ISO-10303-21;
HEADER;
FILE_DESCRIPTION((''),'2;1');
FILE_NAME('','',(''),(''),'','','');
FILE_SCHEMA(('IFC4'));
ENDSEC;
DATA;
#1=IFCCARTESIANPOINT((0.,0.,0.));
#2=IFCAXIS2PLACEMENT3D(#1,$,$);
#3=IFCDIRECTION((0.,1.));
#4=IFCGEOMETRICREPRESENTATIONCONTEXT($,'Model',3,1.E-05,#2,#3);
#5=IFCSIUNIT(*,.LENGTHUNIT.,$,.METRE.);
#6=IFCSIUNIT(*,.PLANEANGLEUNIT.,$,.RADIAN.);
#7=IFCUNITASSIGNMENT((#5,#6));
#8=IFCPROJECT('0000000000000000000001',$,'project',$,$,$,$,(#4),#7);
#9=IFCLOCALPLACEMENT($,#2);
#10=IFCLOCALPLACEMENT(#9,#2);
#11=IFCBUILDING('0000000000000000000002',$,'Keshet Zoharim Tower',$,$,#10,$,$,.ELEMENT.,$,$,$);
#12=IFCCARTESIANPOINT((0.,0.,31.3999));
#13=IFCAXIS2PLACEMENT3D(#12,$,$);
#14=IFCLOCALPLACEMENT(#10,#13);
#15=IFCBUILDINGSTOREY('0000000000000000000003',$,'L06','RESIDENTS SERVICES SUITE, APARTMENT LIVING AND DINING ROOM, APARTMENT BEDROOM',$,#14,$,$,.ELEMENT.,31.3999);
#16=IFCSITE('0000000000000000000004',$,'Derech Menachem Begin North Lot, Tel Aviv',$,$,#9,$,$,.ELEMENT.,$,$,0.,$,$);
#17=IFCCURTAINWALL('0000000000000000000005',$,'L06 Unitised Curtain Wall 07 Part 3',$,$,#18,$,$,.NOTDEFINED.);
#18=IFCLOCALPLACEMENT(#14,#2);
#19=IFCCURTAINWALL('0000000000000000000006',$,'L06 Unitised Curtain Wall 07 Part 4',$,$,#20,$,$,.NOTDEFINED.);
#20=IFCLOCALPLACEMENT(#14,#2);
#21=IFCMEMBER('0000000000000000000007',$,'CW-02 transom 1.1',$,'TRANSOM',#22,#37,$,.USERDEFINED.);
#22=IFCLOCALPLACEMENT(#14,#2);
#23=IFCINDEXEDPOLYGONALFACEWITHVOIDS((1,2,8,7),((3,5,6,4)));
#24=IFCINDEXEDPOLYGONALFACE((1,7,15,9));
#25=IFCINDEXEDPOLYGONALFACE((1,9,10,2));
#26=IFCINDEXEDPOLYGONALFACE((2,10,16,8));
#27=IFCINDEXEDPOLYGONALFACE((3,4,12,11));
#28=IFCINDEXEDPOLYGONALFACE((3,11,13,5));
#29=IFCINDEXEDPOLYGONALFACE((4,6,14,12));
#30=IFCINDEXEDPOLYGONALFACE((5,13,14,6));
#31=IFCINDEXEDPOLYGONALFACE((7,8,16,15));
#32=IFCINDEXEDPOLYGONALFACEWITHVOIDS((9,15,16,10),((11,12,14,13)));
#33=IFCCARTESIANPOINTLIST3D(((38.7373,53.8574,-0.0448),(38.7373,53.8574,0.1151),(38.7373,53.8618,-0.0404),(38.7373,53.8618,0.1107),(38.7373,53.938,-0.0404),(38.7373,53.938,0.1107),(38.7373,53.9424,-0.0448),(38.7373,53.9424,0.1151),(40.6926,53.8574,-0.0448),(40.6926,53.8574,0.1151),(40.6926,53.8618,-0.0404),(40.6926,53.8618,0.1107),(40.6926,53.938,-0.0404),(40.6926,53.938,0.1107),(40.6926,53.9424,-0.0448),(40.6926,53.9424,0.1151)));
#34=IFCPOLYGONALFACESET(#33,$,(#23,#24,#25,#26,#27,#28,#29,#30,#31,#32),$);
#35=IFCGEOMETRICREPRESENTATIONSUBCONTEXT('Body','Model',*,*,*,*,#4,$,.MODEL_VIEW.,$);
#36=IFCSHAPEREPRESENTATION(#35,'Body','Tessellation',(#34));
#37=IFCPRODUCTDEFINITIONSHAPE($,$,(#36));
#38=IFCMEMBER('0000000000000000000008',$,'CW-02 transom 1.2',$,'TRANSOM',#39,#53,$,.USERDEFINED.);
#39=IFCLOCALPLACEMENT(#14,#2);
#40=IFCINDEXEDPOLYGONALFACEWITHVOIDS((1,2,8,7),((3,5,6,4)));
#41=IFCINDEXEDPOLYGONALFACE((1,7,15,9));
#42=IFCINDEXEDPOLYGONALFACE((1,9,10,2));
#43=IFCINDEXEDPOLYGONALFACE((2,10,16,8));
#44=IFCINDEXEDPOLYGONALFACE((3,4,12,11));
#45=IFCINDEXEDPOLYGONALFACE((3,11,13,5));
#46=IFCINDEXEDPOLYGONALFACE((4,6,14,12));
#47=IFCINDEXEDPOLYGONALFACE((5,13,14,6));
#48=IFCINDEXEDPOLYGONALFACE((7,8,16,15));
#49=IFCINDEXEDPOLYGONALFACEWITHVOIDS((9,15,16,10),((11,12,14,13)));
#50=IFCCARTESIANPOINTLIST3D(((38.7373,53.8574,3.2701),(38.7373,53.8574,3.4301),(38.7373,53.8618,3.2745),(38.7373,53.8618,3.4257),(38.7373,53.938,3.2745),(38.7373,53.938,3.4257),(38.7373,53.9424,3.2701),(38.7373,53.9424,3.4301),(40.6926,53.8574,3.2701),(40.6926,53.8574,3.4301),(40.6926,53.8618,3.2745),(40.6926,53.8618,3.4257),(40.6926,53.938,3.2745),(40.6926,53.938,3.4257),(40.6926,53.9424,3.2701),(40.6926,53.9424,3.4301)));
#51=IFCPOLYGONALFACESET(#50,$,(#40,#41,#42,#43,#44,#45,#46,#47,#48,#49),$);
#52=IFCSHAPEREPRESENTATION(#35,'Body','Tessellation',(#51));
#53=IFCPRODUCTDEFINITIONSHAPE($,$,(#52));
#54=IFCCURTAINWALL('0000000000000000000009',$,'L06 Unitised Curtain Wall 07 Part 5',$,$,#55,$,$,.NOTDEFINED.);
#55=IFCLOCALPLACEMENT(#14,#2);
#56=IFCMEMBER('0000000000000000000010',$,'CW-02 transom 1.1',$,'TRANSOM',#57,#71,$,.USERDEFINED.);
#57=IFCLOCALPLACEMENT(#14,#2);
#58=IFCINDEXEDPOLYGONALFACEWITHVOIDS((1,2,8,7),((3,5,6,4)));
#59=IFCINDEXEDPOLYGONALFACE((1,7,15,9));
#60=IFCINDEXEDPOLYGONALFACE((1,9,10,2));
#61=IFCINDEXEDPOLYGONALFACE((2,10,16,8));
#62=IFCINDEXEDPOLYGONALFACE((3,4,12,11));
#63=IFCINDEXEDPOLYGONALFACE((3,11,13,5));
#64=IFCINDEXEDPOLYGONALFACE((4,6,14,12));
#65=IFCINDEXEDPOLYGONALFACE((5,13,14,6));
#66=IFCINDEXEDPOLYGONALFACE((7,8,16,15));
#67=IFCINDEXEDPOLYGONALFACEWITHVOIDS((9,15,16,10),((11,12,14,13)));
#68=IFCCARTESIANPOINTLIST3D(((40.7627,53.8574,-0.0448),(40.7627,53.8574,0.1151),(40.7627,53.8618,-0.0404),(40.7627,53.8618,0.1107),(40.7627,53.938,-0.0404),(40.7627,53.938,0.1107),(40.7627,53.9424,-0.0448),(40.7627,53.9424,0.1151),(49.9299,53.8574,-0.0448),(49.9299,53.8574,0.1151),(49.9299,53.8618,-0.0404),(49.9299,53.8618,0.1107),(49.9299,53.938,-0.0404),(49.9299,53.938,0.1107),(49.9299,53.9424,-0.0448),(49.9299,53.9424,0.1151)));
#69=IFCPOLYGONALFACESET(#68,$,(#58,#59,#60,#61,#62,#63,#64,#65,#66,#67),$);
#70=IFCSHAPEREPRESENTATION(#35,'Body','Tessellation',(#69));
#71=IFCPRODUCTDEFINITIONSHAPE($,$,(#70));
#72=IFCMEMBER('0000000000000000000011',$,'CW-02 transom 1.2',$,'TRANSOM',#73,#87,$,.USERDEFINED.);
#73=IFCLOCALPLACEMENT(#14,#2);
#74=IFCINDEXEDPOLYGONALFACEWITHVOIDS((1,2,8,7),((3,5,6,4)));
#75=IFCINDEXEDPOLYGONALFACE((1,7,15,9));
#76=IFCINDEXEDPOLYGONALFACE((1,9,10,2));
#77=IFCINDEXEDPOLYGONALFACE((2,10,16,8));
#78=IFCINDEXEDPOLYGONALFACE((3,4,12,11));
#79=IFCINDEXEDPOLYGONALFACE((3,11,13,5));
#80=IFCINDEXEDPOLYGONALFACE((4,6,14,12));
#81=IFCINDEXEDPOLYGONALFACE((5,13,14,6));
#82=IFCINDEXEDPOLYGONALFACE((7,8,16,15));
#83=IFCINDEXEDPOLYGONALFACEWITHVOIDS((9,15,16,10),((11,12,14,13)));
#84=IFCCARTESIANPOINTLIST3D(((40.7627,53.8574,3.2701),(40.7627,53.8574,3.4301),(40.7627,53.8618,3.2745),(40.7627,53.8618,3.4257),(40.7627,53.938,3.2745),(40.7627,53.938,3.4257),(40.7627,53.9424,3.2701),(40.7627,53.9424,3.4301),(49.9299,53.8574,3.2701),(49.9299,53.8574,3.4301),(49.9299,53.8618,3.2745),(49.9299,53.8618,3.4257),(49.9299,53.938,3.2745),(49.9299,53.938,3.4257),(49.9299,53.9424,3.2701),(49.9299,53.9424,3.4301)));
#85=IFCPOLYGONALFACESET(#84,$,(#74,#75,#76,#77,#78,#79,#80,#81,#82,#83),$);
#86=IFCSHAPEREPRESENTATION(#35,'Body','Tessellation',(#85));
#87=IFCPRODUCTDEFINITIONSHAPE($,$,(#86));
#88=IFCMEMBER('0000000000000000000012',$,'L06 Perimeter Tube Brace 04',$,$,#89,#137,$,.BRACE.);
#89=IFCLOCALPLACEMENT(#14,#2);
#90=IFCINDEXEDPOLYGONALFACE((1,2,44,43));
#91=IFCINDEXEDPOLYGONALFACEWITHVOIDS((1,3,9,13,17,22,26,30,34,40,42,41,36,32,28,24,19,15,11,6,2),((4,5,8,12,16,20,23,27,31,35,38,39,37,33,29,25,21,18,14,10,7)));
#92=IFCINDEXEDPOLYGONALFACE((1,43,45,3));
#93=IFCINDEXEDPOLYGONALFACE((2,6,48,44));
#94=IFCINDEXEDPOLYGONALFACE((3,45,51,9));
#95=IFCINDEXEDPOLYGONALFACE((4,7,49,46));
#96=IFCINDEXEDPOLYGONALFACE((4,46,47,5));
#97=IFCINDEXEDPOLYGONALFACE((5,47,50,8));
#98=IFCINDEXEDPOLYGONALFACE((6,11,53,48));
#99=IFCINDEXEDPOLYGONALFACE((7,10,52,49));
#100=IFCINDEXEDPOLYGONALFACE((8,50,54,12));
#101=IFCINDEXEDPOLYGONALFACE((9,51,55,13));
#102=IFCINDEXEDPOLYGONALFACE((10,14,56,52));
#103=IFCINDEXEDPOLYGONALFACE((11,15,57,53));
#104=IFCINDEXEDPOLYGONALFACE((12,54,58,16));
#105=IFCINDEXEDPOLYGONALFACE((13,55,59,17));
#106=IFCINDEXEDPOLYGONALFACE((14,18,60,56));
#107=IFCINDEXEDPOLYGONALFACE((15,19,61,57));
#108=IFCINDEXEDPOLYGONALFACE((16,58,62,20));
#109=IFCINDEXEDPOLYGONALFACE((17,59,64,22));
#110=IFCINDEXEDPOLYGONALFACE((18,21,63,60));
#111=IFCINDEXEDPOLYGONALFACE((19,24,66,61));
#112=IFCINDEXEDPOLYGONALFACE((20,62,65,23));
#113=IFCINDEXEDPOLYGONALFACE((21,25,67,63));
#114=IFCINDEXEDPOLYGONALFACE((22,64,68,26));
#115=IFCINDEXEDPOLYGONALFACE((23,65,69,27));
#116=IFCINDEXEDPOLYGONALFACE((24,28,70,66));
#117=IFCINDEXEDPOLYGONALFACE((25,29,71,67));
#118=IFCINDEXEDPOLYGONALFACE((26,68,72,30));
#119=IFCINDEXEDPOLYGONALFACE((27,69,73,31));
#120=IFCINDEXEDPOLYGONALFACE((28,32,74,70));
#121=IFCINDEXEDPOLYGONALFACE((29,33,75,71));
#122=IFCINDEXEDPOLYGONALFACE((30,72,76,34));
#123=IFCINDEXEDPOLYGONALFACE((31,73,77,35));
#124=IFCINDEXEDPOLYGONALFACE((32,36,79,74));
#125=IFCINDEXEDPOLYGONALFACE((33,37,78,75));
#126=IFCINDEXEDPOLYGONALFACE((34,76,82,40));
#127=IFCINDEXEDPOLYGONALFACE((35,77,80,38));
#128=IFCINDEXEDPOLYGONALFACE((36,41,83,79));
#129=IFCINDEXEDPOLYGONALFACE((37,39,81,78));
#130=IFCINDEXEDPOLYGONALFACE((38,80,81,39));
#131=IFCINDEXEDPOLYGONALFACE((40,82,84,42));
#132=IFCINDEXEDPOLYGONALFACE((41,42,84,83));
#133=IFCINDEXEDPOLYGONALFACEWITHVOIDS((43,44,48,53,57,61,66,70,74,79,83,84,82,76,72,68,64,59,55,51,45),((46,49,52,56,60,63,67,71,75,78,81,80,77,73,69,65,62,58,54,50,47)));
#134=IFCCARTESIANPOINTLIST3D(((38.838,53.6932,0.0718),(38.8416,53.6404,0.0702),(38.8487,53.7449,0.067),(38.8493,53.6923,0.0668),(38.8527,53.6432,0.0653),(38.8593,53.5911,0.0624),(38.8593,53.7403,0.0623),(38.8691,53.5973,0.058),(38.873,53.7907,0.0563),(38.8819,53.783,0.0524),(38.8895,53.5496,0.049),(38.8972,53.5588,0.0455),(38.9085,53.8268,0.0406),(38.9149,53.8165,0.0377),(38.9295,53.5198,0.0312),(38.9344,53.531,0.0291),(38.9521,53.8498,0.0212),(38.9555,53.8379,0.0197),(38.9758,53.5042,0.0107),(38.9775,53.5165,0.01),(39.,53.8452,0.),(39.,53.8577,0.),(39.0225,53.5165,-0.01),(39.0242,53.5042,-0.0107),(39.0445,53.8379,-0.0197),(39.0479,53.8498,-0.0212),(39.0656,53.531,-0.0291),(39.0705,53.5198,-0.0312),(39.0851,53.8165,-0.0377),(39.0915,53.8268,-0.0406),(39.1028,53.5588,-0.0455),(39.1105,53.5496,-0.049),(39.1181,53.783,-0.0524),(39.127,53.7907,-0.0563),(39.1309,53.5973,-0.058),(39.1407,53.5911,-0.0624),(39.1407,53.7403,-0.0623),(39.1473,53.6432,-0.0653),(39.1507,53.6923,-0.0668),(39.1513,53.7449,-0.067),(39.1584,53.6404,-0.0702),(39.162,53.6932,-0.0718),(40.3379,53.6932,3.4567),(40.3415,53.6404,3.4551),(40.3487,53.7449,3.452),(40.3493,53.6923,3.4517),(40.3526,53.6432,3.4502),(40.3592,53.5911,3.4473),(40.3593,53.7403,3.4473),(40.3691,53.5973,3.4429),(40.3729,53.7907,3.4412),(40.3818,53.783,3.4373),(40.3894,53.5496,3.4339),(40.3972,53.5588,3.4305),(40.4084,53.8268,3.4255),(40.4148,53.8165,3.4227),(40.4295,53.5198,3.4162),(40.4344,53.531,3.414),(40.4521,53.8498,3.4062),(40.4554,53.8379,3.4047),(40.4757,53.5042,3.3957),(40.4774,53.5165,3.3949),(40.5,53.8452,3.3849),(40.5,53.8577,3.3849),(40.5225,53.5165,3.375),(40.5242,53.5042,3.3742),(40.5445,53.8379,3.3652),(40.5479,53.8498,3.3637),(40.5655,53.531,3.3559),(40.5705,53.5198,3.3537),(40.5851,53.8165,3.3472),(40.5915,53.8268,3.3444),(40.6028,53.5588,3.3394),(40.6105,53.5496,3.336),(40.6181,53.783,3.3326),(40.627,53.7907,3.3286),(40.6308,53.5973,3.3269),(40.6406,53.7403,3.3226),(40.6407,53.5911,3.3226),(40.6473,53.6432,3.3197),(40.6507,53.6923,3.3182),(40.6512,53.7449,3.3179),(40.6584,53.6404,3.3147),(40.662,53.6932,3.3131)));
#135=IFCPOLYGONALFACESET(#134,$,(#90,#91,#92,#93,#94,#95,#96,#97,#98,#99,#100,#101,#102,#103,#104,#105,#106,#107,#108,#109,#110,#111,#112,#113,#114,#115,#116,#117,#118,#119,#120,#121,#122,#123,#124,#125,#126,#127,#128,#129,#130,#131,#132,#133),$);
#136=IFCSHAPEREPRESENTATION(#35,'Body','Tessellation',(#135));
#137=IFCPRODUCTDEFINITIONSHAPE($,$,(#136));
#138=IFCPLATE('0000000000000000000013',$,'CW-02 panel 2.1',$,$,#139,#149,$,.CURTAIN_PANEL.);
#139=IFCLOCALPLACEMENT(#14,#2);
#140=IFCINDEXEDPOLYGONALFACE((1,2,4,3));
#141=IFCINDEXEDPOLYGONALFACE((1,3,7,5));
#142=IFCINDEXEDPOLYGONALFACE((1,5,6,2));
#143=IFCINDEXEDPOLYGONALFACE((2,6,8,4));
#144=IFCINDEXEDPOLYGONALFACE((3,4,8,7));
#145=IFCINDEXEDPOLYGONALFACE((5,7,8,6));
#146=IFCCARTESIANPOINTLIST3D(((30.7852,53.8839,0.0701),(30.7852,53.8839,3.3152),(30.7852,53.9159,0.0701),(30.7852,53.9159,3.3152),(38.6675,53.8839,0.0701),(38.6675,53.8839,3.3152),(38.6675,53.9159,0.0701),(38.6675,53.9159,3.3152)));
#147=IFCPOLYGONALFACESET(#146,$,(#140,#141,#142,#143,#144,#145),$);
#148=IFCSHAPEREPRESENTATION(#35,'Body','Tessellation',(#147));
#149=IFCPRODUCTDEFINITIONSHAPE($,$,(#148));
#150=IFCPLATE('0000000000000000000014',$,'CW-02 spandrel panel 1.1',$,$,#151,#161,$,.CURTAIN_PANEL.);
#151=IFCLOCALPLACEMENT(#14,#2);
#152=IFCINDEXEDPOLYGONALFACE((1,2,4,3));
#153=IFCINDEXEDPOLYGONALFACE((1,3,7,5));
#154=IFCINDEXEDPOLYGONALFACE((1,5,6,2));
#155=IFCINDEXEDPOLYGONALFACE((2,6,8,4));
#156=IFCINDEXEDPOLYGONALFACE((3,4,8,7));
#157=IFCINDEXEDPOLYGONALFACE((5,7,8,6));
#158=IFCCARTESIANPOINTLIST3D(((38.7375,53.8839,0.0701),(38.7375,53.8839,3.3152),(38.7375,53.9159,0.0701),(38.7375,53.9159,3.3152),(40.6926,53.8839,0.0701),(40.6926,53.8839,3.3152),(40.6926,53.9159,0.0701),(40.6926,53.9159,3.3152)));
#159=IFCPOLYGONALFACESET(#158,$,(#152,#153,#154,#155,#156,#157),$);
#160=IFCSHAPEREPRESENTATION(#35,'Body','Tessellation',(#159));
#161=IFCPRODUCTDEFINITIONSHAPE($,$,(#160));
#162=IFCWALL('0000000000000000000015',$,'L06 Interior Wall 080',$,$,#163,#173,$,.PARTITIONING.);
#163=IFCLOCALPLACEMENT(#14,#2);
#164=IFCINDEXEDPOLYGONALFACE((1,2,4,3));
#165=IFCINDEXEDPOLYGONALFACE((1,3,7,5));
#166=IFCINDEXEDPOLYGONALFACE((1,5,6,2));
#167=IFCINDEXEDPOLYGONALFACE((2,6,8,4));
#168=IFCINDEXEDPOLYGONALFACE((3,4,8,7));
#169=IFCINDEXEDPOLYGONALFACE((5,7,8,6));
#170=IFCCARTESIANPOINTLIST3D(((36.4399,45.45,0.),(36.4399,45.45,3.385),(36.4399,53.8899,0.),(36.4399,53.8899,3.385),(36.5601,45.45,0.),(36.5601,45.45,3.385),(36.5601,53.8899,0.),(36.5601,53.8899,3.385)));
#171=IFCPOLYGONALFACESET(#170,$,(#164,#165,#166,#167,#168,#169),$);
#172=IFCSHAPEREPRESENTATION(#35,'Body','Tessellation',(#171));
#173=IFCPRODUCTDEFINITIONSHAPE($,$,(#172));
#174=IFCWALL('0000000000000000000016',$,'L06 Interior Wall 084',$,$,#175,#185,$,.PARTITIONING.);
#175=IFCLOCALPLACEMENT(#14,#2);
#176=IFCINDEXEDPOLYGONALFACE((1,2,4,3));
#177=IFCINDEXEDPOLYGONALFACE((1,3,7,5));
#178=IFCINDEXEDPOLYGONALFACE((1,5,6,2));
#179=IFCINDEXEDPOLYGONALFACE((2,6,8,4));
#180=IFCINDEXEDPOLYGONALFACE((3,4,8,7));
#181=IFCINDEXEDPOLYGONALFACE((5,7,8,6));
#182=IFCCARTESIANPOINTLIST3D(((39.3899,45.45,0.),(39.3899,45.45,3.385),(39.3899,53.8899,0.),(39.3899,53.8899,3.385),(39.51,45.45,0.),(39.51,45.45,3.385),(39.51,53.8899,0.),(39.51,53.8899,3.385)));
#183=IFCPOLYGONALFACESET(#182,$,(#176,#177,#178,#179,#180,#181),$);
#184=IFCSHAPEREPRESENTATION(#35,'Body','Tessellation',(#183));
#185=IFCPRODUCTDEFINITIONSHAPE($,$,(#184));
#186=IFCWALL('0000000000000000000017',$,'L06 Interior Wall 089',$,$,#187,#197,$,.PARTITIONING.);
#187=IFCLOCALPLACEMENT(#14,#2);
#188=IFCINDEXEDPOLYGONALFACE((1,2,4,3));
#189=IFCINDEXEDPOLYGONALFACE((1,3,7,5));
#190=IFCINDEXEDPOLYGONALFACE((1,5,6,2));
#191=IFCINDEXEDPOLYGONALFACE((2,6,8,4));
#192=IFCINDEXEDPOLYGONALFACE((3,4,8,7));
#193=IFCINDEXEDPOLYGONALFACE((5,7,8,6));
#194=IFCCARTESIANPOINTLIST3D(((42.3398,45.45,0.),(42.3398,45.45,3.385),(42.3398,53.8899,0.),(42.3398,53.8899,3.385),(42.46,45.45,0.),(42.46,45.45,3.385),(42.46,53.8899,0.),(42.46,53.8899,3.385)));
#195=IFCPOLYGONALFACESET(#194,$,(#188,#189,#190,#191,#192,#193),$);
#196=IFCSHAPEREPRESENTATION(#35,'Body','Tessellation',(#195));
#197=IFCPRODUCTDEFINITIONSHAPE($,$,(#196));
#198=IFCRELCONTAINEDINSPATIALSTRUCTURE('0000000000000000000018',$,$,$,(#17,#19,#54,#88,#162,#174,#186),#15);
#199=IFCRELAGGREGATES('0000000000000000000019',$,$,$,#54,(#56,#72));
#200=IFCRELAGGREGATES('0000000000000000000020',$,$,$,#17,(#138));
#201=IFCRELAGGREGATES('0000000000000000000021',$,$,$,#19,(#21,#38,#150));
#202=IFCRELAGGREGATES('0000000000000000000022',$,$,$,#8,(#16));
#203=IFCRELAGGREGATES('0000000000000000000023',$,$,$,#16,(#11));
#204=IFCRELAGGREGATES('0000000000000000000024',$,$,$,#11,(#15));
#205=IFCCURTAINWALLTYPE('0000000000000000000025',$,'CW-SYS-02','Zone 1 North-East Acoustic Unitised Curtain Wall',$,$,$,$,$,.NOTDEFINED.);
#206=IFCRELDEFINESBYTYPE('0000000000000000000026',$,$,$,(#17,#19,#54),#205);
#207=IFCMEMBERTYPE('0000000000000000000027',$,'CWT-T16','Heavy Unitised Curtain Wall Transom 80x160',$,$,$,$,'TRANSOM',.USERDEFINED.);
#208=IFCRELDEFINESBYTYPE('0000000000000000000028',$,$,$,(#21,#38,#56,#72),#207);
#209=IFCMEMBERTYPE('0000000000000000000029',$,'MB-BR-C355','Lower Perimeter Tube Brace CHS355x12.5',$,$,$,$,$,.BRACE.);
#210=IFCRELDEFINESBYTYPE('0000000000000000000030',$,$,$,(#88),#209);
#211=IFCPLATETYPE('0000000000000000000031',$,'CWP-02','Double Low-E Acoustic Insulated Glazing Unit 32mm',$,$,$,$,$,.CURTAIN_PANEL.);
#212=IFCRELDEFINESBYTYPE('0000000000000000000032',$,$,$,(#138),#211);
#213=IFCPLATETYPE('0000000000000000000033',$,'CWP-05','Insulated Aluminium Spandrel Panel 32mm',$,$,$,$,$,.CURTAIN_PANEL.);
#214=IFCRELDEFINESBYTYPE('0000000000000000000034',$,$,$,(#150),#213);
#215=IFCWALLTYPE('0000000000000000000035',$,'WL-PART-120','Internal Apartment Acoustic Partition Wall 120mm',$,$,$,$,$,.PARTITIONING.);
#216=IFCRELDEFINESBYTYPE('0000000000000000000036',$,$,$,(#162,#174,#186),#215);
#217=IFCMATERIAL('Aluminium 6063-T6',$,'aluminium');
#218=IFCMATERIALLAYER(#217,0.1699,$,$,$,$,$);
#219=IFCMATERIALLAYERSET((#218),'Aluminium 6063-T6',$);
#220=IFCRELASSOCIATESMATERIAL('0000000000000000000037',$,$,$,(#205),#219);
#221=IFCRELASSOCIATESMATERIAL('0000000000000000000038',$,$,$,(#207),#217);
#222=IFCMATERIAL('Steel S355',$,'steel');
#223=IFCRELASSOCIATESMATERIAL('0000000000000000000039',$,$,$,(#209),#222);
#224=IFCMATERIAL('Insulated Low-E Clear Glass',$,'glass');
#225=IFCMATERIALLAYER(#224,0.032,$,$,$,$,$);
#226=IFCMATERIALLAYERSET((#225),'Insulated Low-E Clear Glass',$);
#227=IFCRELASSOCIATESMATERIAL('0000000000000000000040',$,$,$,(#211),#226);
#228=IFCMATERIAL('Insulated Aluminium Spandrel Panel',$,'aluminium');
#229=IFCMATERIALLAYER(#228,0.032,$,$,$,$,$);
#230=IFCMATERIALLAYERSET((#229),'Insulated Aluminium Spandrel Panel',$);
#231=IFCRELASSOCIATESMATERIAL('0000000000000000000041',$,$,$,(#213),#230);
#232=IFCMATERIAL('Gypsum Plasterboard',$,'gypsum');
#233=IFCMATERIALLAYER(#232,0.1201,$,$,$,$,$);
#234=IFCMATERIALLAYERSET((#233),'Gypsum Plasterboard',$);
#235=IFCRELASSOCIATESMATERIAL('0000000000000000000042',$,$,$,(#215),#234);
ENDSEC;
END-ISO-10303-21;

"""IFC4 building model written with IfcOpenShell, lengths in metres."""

from ifc_helpers import new_model, si_unit, direction, frame, frame_2d, origin, origin_2d, place, context, subcontext, project, spatial, rectangle, hollow_rectangle, hollow_circle, extrude, material, layer, layer_set, material_profile, profile_set, type_object, element, aggregate, save


model = new_model("IFC4")

# Units and contexts
model_context = context("Model", 3, precision=1e-05, world=origin(), true_north=direction((0.0, 1.0)))
body_context = subcontext(model_context, "Body", "Model", "MODEL_VIEW")
ifc_project = project(units=[si_unit("LENGTHUNIT", "METRE"), si_unit("PLANEANGLEUNIT", "RADIAN")], contexts=[model_context])

# Site, building, storey
site_placement = place(None, origin())
site = spatial("IfcSite", under=ifc_project, at=site_placement, Name="Derech Menachem Begin North Lot, Tel Aviv", CompositionType="ELEMENT", RefElevation=0.0)
building_placement = place(site_placement, origin())
building = spatial("IfcBuilding", under=site, at=building_placement, Name="Keshet Zoharim Tower", CompositionType="ELEMENT")
storey_placement = place(building_placement, frame((0.0, 0.0, 31.3999)))
storey = spatial("IfcBuildingStorey", under=building, at=storey_placement, Name="L06", Description="RESIDENTS SERVICES SUITE, APARTMENT LIVING AND DINING ROOM, APARTMENT BEDROOM", CompositionType="ELEMENT", Elevation=31.3999)

# Shared definitions
ifc_material_1 = material(Name="Steel S355", Category="steel")

# Curtain wall
ifc_material_2 = material(Name="Aluminium 6063-T6", Category="aluminium")
ifc_layer_1 = layer(ifc_material_2, 0.1699)
ifc_layer_set_1 = layer_set([ifc_layer_1], Name="Aluminium 6063-T6")
curtain_wall_type = type_object("IfcCurtainWallType", Name="CW-SYS-02", Description="Zone 1 North-East Acoustic Unitised Curtain Wall", PredefinedType="NOTDEFINED", material=ifc_layer_set_1)
curtain_wall_1_placement = place(storey_placement, origin())
curtain_wall_1 = element("IfcCurtainWall", 1, at=curtain_wall_1_placement, inside=storey, type_object=curtain_wall_type, Name="L06 Unitised Curtain Wall 07 Part 3", PredefinedType="NOTDEFINED")

# Curtain walls, members
curtain_wall_2_placement = place(storey_placement, origin())
curtain_wall_2 = element("IfcCurtainWall", 2, at=curtain_wall_2_placement, inside=storey, type_object=curtain_wall_type, Name="L06 Unitised Curtain Wall 07 Part 4", PredefinedType="NOTDEFINED")
ifc_material_profile_1 = material_profile(ifc_material_2, hollow_rectangle(XDim=0.085, YDim=0.1599, WallThickness=0.0044, at=origin_2d()), Name="TRN-85x160")
ifc_profile_set_1 = profile_set([ifc_material_profile_1], Name="Aluminium 6063-T6")
member_type_1 = type_object("IfcMemberType", Name="CWT-T16", Description="Heavy Unitised Curtain Wall Transom 80x160", ElementType="TRANSOM", PredefinedType="USERDEFINED", material=ifc_profile_set_1)
member_1_placement = place(storey_placement, frame((38.7373, 53.8999, 0.0352), z_axis=(1.0, 0.0, 0.0), x_axis=(0.0, 1.0, 0.0)))
member_1 = element("IfcMember", 3, at=member_1_placement, type_object=member_type_1, Name="CW-02 transom 1.1", ObjectType="TRANSOM", PredefinedType="USERDEFINED", context=body_context, shape_type="SweptSolid", body=[
    extrude(hollow_rectangle(XDim=0.085, YDim=0.1599, WallThickness=0.0044, at=origin_2d()), origin(), (0.0, 0.0, 1.0), 1.9553),
])
member_2_placement = place(storey_placement, frame((38.7373, 53.8999, 3.3501), z_axis=(1.0, 0.0, 0.0), x_axis=(0.0, 1.0, 0.0)))
member_2 = element("IfcMember", 4, at=member_2_placement, type_object=member_type_1, Name="CW-02 transom 1.2", ObjectType="TRANSOM", PredefinedType="USERDEFINED", context=body_context, shape_type="SweptSolid", body=[
    extrude(hollow_rectangle(XDim=0.085, YDim=0.1599, WallThickness=0.0044, at=origin_2d()), origin(), (0.0, 0.0, 1.0), 1.9553),
])
curtain_wall_3_placement = place(storey_placement, origin())
curtain_wall_3 = element("IfcCurtainWall", 5, at=curtain_wall_3_placement, inside=storey, type_object=curtain_wall_type, Name="L06 Unitised Curtain Wall 07 Part 5", PredefinedType="NOTDEFINED")
member_3_placement = place(storey_placement, frame((40.7627, 53.8999, 0.0352), z_axis=(1.0, 0.0, 0.0), x_axis=(0.0, 1.0, 0.0)))
member_3 = element("IfcMember", 6, at=member_3_placement, type_object=member_type_1, Name="CW-02 transom 1.1", ObjectType="TRANSOM", PredefinedType="USERDEFINED", context=body_context, shape_type="SweptSolid", body=[
    extrude(hollow_rectangle(XDim=0.085, YDim=0.1599, WallThickness=0.0044, at=origin_2d()), origin(), (0.0, 0.0, 1.0), 9.1672),
])
member_4_placement = place(storey_placement, frame((40.7627, 53.8999, 3.3501), z_axis=(1.0, 0.0, 0.0), x_axis=(0.0, 1.0, 0.0)))
member_4 = element("IfcMember", 7, at=member_4_placement, type_object=member_type_1, Name="CW-02 transom 1.2", ObjectType="TRANSOM", PredefinedType="USERDEFINED", context=body_context, shape_type="SweptSolid", body=[
    extrude(hollow_rectangle(XDim=0.085, YDim=0.1599, WallThickness=0.0044, at=origin_2d()), origin(), (0.0, 0.0, 1.0), 9.1672),
])
aggregate(curtain_wall_3, [member_3, member_4])

# Member
ifc_material_profile_2 = material_profile(ifc_material_1, hollow_circle(Radius=0.1777, WallThickness=0.0125, at=origin_2d()), Name="CHS355x12.5")
ifc_profile_set_2 = profile_set([ifc_material_profile_2], Name="Steel S355")
member_type_2 = type_object("IfcMemberType", Name="MB-BR-C355", Description="Lower Perimeter Tube Brace CHS355x12.5", PredefinedType="BRACE", material=ifc_profile_set_2)
member_5_placement = place(storey_placement, frame((39.0, 53.6799, 0.0), z_axis=(0.405135, 0.0, 0.914257), x_axis=(0.0, 1.0, 0.0)))
element("IfcMember", 8, at=member_5_placement, inside=storey, type_object=member_type_2, Name="L06 Perimeter Tube Brace 04", PredefinedType="BRACE", context=body_context, shape_type="SweptSolid", body=[
    extrude(hollow_circle(Radius=0.1777, WallThickness=0.0125, at=origin_2d()), origin(), (0.0, 0.0, 1.0), 3.7024),
])

# Plates
ifc_material_3 = material(Name="Insulated Low-E Clear Glass", Category="glass")
ifc_layer_2 = layer(ifc_material_3, 0.032)
ifc_layer_set_2 = layer_set([ifc_layer_2], Name="Insulated Low-E Clear Glass")
plate_type_1 = type_object("IfcPlateType", Name="CWP-02", Description="Double Low-E Acoustic Insulated Glazing Unit 32mm", PredefinedType="CURTAIN_PANEL", material=ifc_layer_set_2)
plate_1_placement = place(storey_placement, frame((34.7263, 53.8999, 0.0701), z_axis=(0.0, 0.0, 1.0), x_axis=(1.0, 0.0, 0.0)))
plate_1 = element("IfcPlate", 9, at=plate_1_placement, type_object=plate_type_1, Name="CW-02 panel 2.1", PredefinedType="CURTAIN_PANEL", context=body_context, shape_type="SweptSolid", body=[
    extrude(rectangle(XDim=7.8823, YDim=0.032, at=origin_2d()), origin(), (0.0, 0.0, 1.0), 3.2451),
])
aggregate(curtain_wall_1, [plate_1])
ifc_material_4 = material(Name="Insulated Aluminium Spandrel Panel", Category="aluminium")
ifc_layer_3 = layer(ifc_material_4, 0.032)
ifc_layer_set_3 = layer_set([ifc_layer_3], Name="Insulated Aluminium Spandrel Panel")
plate_type_2 = type_object("IfcPlateType", Name="CWP-05", Description="Insulated Aluminium Spandrel Panel 32mm", PredefinedType="CURTAIN_PANEL", material=ifc_layer_set_3)
plate_2_placement = place(storey_placement, frame((39.7151, 53.8999, 0.0701), z_axis=(0.0, 0.0, 1.0), x_axis=(1.0, 0.0, 0.0)))
plate_2 = element("IfcPlate", 10, at=plate_2_placement, type_object=plate_type_2, Name="CW-02 spandrel panel 1.1", PredefinedType="CURTAIN_PANEL", context=body_context, shape_type="SweptSolid", body=[
    extrude(rectangle(XDim=1.9551, YDim=0.032, at=origin_2d()), origin(), (0.0, 0.0, 1.0), 3.2451),
])
aggregate(curtain_wall_2, [member_1, member_2, plate_2])

# Walls
ifc_material_5 = material(Name="Gypsum Plasterboard", Category="gypsum")
ifc_layer_4 = layer(ifc_material_5, 0.1201)
ifc_layer_set_4 = layer_set([ifc_layer_4], Name="Gypsum Plasterboard")
wall_type = type_object("IfcWallType", Name="WL-PART-120", Description="Internal Apartment Acoustic Partition Wall 120mm", PredefinedType="PARTITIONING", material=ifc_layer_set_4)
for number, where, z_axis, x_axis, name in (
    (11, (36.5, 45.45, 0.0), (0.0, 0.0, 1.0), (0.0, 1.0, 0.0), "L06 Interior Wall 080"),
    (12, (39.45, 45.45, 0.0), (0.0, 0.0, 1.0), (0.0, 1.0, 0.0), "L06 Interior Wall 084"),
    (13, (42.3999, 45.45, 0.0), (0.0, 0.0, 1.0), (0.0, 1.0, 0.0), "L06 Interior Wall 089"),
):
    element("IfcWall", number, at=place(storey_placement, frame(where, z_axis=z_axis, x_axis=x_axis)), inside=storey, type_object=wall_type, Name=name, PredefinedType="PARTITIONING", context=body_context, shape_type="SweptSolid", body=[
        extrude(rectangle(XDim=8.4399, YDim=0.1201, at=frame_2d((4.22, 0.0))), origin(), (0.0, 0.0, 1.0), 3.385),
    ])

save(model, "model.ifc")
